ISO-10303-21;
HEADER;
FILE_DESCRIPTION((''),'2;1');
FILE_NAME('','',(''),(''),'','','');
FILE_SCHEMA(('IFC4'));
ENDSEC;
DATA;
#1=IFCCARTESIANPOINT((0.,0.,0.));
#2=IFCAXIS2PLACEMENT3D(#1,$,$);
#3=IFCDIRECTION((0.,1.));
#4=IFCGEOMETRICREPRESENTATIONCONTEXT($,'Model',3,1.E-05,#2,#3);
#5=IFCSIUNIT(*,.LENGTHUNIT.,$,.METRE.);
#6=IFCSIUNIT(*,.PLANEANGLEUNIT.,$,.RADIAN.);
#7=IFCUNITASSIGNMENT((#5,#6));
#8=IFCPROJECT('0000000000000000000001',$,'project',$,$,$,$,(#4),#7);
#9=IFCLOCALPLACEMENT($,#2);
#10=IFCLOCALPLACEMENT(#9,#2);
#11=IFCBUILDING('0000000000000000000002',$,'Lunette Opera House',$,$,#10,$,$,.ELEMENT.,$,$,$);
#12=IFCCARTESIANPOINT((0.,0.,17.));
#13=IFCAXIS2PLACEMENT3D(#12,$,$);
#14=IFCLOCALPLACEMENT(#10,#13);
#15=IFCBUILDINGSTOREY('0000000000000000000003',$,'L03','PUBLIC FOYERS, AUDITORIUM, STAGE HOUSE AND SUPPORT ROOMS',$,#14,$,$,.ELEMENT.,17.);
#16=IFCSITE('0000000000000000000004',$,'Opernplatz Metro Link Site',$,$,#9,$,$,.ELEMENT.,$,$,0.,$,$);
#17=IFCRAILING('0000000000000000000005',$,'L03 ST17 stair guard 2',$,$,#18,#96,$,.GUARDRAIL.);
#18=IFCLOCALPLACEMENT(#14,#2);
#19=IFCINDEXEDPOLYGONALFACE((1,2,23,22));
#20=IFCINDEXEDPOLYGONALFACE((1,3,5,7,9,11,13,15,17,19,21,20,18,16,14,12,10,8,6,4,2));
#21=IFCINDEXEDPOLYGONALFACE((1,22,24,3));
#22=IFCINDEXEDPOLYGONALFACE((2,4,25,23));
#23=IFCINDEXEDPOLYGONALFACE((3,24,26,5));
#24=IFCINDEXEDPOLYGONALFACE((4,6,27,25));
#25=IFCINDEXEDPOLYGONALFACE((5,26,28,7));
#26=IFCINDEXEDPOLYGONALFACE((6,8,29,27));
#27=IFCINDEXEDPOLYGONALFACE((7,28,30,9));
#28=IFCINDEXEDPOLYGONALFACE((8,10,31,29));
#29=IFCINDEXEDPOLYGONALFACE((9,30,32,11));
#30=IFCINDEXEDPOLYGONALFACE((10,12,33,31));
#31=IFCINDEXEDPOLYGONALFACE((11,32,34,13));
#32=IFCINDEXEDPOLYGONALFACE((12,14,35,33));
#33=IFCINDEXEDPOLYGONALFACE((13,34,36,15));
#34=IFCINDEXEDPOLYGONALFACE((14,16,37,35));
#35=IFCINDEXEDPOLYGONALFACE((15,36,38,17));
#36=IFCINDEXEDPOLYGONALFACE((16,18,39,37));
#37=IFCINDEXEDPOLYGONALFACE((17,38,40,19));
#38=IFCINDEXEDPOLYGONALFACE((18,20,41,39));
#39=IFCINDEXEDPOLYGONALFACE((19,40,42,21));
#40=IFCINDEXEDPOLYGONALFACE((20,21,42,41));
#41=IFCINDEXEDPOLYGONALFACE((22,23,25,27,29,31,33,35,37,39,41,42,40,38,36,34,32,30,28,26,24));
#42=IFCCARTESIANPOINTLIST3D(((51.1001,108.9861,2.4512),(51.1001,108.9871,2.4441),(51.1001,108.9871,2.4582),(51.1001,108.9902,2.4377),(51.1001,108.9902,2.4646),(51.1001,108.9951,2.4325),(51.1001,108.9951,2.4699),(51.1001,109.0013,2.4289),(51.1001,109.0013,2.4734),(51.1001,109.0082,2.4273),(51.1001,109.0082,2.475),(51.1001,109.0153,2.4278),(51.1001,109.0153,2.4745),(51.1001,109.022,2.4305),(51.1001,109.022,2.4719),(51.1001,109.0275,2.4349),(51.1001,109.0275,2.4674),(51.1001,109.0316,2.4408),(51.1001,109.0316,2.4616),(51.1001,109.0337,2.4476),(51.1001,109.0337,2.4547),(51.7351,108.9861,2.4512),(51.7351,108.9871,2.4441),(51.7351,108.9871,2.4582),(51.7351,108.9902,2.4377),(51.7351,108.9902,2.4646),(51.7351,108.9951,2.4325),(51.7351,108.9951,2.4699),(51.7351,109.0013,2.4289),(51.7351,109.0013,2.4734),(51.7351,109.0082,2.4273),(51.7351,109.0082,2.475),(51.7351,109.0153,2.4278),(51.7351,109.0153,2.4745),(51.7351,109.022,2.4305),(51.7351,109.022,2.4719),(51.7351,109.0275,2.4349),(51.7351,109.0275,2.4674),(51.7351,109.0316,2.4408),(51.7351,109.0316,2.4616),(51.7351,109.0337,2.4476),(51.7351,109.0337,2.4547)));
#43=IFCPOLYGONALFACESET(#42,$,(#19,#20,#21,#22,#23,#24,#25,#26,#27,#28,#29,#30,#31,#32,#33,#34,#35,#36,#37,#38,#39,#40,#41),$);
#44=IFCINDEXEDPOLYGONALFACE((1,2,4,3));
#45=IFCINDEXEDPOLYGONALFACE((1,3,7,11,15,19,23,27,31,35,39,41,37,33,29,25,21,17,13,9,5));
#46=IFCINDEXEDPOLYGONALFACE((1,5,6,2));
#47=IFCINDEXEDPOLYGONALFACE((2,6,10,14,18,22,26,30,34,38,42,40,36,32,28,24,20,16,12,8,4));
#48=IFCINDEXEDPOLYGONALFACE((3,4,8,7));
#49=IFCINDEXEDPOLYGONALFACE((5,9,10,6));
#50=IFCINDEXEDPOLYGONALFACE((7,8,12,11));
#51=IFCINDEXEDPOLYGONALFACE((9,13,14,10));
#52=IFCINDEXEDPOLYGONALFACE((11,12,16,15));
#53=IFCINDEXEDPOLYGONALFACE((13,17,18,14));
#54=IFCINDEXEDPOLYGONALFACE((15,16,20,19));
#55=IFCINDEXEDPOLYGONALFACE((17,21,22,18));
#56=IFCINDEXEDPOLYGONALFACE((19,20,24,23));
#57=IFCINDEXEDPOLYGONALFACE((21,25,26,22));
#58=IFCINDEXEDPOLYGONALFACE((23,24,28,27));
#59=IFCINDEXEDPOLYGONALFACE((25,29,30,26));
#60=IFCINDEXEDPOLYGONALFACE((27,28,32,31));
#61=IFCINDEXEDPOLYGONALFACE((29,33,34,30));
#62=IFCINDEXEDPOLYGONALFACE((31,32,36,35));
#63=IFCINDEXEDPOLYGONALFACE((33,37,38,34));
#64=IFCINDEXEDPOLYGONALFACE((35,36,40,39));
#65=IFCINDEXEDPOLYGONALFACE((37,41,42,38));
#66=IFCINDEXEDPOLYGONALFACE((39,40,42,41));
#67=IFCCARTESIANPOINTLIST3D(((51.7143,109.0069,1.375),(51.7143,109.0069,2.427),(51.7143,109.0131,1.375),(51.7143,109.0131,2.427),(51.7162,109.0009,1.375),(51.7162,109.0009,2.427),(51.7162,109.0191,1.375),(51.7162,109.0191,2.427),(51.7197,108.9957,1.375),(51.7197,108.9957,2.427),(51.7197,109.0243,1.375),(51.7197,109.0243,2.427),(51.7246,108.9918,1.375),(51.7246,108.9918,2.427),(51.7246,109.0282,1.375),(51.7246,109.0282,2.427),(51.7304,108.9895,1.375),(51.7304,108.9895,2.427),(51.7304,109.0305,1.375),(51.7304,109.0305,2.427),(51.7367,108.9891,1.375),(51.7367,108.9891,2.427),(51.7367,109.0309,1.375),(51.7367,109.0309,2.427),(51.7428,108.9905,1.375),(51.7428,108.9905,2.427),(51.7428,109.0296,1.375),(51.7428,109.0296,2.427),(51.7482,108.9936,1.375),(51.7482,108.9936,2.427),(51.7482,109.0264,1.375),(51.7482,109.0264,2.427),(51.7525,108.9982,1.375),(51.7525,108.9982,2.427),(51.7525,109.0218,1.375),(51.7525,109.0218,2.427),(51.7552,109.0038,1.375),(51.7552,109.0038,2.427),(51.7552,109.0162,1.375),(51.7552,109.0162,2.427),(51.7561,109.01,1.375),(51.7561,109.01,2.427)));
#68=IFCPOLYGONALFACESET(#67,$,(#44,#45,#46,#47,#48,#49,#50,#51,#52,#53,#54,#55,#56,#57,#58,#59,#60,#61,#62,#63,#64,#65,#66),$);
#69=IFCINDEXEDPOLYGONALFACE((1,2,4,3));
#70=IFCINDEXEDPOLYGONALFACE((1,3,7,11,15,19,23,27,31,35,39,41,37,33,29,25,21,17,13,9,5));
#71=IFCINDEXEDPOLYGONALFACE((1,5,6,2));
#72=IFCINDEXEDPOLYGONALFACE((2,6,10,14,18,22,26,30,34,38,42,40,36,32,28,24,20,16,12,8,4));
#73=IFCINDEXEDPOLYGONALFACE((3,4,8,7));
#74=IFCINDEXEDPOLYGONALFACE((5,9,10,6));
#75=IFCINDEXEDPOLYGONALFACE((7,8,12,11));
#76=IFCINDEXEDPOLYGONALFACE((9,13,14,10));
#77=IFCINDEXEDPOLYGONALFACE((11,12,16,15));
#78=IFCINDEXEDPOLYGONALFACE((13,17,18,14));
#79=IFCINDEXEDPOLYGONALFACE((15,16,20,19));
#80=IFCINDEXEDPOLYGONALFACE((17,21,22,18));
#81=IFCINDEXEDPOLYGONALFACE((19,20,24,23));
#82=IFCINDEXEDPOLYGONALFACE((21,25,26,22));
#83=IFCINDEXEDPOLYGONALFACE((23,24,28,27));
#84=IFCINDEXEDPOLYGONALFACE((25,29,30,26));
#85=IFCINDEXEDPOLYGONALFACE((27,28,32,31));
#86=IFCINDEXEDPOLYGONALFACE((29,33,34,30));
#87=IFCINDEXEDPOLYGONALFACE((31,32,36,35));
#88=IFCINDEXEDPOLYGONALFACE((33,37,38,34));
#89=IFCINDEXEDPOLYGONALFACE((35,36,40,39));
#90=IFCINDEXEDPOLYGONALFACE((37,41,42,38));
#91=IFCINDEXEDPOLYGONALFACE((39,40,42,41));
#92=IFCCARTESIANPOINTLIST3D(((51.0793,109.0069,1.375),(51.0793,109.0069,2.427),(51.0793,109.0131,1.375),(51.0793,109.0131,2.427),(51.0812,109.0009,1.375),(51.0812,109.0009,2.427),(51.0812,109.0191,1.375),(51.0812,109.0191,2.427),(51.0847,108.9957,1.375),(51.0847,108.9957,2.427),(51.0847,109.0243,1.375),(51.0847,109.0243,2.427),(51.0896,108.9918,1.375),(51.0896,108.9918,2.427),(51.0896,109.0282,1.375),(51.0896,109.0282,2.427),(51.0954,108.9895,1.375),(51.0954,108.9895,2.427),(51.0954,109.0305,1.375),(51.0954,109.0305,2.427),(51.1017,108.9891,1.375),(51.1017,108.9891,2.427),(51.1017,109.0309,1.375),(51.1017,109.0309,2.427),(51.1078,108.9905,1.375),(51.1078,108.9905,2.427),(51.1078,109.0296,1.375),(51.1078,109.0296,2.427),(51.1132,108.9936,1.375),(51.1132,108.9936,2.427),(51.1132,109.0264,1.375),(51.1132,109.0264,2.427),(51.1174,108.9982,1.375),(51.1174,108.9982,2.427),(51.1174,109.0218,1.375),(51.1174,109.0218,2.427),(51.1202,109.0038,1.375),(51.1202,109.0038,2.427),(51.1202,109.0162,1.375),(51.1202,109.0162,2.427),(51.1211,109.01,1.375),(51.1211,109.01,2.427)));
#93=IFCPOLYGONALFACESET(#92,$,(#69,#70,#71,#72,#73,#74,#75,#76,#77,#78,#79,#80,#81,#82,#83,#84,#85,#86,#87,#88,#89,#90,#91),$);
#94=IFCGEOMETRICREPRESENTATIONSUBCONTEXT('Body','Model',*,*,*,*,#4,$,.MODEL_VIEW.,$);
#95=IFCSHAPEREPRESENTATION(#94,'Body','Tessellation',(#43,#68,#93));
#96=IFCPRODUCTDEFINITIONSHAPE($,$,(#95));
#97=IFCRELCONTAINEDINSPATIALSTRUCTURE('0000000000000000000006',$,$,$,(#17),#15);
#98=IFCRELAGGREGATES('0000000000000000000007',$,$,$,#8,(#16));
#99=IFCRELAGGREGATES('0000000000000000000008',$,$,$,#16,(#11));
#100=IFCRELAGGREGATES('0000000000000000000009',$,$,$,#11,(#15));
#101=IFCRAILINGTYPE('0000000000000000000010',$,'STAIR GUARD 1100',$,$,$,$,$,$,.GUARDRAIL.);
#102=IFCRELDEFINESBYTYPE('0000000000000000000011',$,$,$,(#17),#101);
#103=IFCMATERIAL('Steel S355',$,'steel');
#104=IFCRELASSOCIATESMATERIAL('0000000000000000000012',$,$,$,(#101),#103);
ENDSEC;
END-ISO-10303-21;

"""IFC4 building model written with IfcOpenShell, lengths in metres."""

from ifc_helpers import new_model, si_unit, direction, frame, origin, origin_2d, place, context, subcontext, project, spatial, circle, extrude, material, type_object, element, save


model = new_model("IFC4")

# Units and contexts
model_context = context("Model", 3, precision=1e-05, world=origin(), true_north=direction((0.0, 1.0)))
body_context = subcontext(model_context, "Body", "Model", "MODEL_VIEW")
ifc_project = project(units=[si_unit("LENGTHUNIT", "METRE"), si_unit("PLANEANGLEUNIT", "RADIAN")], contexts=[model_context])

# Site, building, storey
site_placement = place(None, origin())
site = spatial("IfcSite", under=ifc_project, at=site_placement, Name="Opernplatz Metro Link Site", CompositionType="ELEMENT", RefElevation=0.0)
building_placement = place(site_placement, origin())
building = spatial("IfcBuilding", under=site, at=building_placement, Name="Lunette Opera House", CompositionType="ELEMENT")
storey_placement = place(building_placement, frame((0.0, 0.0, 17.0)))
storey = spatial("IfcBuildingStorey", under=building, at=storey_placement, Name="L03", Description="PUBLIC FOYERS, AUDITORIUM, STAGE HOUSE AND SUPPORT ROOMS", CompositionType="ELEMENT", Elevation=17.0)

# Railing
ifc_material_1 = material(Name="Steel S355", Category="steel")
railing_type_1 = type_object("IfcRailingType", Name="STAIR GUARD 1100", PredefinedType="GUARDRAIL", material=ifc_material_1)
railing_1_placement = place(storey_placement, frame((51.7351, 109.01, 1.375)))
element("IfcRailing", 1, at=railing_1_placement, inside=storey, type_object=railing_type_1, Name="L03 ST17 stair guard 2", PredefinedType="GUARDRAIL", context=body_context, shape_type="SweptSolid", body=[
    extrude(circle(Radius=0.0239, at=origin_2d()), frame((0.0, 0.0, 1.0762), z_axis=(-1.0, 0.0, 0.0), x_axis=(0.0, -1.0, 0.0)), (0.0, 0.0, 1.0), 0.635),
    extrude(circle(Radius=0.021, at=origin_2d()), origin(), (0.0, 0.0, 1.0), 1.052),
    extrude(circle(Radius=0.021, at=origin_2d()), frame((-0.635, 0.0, 0.0)), (0.0, 0.0, 1.0), 1.052),
])

save(model, "model.ifc")
